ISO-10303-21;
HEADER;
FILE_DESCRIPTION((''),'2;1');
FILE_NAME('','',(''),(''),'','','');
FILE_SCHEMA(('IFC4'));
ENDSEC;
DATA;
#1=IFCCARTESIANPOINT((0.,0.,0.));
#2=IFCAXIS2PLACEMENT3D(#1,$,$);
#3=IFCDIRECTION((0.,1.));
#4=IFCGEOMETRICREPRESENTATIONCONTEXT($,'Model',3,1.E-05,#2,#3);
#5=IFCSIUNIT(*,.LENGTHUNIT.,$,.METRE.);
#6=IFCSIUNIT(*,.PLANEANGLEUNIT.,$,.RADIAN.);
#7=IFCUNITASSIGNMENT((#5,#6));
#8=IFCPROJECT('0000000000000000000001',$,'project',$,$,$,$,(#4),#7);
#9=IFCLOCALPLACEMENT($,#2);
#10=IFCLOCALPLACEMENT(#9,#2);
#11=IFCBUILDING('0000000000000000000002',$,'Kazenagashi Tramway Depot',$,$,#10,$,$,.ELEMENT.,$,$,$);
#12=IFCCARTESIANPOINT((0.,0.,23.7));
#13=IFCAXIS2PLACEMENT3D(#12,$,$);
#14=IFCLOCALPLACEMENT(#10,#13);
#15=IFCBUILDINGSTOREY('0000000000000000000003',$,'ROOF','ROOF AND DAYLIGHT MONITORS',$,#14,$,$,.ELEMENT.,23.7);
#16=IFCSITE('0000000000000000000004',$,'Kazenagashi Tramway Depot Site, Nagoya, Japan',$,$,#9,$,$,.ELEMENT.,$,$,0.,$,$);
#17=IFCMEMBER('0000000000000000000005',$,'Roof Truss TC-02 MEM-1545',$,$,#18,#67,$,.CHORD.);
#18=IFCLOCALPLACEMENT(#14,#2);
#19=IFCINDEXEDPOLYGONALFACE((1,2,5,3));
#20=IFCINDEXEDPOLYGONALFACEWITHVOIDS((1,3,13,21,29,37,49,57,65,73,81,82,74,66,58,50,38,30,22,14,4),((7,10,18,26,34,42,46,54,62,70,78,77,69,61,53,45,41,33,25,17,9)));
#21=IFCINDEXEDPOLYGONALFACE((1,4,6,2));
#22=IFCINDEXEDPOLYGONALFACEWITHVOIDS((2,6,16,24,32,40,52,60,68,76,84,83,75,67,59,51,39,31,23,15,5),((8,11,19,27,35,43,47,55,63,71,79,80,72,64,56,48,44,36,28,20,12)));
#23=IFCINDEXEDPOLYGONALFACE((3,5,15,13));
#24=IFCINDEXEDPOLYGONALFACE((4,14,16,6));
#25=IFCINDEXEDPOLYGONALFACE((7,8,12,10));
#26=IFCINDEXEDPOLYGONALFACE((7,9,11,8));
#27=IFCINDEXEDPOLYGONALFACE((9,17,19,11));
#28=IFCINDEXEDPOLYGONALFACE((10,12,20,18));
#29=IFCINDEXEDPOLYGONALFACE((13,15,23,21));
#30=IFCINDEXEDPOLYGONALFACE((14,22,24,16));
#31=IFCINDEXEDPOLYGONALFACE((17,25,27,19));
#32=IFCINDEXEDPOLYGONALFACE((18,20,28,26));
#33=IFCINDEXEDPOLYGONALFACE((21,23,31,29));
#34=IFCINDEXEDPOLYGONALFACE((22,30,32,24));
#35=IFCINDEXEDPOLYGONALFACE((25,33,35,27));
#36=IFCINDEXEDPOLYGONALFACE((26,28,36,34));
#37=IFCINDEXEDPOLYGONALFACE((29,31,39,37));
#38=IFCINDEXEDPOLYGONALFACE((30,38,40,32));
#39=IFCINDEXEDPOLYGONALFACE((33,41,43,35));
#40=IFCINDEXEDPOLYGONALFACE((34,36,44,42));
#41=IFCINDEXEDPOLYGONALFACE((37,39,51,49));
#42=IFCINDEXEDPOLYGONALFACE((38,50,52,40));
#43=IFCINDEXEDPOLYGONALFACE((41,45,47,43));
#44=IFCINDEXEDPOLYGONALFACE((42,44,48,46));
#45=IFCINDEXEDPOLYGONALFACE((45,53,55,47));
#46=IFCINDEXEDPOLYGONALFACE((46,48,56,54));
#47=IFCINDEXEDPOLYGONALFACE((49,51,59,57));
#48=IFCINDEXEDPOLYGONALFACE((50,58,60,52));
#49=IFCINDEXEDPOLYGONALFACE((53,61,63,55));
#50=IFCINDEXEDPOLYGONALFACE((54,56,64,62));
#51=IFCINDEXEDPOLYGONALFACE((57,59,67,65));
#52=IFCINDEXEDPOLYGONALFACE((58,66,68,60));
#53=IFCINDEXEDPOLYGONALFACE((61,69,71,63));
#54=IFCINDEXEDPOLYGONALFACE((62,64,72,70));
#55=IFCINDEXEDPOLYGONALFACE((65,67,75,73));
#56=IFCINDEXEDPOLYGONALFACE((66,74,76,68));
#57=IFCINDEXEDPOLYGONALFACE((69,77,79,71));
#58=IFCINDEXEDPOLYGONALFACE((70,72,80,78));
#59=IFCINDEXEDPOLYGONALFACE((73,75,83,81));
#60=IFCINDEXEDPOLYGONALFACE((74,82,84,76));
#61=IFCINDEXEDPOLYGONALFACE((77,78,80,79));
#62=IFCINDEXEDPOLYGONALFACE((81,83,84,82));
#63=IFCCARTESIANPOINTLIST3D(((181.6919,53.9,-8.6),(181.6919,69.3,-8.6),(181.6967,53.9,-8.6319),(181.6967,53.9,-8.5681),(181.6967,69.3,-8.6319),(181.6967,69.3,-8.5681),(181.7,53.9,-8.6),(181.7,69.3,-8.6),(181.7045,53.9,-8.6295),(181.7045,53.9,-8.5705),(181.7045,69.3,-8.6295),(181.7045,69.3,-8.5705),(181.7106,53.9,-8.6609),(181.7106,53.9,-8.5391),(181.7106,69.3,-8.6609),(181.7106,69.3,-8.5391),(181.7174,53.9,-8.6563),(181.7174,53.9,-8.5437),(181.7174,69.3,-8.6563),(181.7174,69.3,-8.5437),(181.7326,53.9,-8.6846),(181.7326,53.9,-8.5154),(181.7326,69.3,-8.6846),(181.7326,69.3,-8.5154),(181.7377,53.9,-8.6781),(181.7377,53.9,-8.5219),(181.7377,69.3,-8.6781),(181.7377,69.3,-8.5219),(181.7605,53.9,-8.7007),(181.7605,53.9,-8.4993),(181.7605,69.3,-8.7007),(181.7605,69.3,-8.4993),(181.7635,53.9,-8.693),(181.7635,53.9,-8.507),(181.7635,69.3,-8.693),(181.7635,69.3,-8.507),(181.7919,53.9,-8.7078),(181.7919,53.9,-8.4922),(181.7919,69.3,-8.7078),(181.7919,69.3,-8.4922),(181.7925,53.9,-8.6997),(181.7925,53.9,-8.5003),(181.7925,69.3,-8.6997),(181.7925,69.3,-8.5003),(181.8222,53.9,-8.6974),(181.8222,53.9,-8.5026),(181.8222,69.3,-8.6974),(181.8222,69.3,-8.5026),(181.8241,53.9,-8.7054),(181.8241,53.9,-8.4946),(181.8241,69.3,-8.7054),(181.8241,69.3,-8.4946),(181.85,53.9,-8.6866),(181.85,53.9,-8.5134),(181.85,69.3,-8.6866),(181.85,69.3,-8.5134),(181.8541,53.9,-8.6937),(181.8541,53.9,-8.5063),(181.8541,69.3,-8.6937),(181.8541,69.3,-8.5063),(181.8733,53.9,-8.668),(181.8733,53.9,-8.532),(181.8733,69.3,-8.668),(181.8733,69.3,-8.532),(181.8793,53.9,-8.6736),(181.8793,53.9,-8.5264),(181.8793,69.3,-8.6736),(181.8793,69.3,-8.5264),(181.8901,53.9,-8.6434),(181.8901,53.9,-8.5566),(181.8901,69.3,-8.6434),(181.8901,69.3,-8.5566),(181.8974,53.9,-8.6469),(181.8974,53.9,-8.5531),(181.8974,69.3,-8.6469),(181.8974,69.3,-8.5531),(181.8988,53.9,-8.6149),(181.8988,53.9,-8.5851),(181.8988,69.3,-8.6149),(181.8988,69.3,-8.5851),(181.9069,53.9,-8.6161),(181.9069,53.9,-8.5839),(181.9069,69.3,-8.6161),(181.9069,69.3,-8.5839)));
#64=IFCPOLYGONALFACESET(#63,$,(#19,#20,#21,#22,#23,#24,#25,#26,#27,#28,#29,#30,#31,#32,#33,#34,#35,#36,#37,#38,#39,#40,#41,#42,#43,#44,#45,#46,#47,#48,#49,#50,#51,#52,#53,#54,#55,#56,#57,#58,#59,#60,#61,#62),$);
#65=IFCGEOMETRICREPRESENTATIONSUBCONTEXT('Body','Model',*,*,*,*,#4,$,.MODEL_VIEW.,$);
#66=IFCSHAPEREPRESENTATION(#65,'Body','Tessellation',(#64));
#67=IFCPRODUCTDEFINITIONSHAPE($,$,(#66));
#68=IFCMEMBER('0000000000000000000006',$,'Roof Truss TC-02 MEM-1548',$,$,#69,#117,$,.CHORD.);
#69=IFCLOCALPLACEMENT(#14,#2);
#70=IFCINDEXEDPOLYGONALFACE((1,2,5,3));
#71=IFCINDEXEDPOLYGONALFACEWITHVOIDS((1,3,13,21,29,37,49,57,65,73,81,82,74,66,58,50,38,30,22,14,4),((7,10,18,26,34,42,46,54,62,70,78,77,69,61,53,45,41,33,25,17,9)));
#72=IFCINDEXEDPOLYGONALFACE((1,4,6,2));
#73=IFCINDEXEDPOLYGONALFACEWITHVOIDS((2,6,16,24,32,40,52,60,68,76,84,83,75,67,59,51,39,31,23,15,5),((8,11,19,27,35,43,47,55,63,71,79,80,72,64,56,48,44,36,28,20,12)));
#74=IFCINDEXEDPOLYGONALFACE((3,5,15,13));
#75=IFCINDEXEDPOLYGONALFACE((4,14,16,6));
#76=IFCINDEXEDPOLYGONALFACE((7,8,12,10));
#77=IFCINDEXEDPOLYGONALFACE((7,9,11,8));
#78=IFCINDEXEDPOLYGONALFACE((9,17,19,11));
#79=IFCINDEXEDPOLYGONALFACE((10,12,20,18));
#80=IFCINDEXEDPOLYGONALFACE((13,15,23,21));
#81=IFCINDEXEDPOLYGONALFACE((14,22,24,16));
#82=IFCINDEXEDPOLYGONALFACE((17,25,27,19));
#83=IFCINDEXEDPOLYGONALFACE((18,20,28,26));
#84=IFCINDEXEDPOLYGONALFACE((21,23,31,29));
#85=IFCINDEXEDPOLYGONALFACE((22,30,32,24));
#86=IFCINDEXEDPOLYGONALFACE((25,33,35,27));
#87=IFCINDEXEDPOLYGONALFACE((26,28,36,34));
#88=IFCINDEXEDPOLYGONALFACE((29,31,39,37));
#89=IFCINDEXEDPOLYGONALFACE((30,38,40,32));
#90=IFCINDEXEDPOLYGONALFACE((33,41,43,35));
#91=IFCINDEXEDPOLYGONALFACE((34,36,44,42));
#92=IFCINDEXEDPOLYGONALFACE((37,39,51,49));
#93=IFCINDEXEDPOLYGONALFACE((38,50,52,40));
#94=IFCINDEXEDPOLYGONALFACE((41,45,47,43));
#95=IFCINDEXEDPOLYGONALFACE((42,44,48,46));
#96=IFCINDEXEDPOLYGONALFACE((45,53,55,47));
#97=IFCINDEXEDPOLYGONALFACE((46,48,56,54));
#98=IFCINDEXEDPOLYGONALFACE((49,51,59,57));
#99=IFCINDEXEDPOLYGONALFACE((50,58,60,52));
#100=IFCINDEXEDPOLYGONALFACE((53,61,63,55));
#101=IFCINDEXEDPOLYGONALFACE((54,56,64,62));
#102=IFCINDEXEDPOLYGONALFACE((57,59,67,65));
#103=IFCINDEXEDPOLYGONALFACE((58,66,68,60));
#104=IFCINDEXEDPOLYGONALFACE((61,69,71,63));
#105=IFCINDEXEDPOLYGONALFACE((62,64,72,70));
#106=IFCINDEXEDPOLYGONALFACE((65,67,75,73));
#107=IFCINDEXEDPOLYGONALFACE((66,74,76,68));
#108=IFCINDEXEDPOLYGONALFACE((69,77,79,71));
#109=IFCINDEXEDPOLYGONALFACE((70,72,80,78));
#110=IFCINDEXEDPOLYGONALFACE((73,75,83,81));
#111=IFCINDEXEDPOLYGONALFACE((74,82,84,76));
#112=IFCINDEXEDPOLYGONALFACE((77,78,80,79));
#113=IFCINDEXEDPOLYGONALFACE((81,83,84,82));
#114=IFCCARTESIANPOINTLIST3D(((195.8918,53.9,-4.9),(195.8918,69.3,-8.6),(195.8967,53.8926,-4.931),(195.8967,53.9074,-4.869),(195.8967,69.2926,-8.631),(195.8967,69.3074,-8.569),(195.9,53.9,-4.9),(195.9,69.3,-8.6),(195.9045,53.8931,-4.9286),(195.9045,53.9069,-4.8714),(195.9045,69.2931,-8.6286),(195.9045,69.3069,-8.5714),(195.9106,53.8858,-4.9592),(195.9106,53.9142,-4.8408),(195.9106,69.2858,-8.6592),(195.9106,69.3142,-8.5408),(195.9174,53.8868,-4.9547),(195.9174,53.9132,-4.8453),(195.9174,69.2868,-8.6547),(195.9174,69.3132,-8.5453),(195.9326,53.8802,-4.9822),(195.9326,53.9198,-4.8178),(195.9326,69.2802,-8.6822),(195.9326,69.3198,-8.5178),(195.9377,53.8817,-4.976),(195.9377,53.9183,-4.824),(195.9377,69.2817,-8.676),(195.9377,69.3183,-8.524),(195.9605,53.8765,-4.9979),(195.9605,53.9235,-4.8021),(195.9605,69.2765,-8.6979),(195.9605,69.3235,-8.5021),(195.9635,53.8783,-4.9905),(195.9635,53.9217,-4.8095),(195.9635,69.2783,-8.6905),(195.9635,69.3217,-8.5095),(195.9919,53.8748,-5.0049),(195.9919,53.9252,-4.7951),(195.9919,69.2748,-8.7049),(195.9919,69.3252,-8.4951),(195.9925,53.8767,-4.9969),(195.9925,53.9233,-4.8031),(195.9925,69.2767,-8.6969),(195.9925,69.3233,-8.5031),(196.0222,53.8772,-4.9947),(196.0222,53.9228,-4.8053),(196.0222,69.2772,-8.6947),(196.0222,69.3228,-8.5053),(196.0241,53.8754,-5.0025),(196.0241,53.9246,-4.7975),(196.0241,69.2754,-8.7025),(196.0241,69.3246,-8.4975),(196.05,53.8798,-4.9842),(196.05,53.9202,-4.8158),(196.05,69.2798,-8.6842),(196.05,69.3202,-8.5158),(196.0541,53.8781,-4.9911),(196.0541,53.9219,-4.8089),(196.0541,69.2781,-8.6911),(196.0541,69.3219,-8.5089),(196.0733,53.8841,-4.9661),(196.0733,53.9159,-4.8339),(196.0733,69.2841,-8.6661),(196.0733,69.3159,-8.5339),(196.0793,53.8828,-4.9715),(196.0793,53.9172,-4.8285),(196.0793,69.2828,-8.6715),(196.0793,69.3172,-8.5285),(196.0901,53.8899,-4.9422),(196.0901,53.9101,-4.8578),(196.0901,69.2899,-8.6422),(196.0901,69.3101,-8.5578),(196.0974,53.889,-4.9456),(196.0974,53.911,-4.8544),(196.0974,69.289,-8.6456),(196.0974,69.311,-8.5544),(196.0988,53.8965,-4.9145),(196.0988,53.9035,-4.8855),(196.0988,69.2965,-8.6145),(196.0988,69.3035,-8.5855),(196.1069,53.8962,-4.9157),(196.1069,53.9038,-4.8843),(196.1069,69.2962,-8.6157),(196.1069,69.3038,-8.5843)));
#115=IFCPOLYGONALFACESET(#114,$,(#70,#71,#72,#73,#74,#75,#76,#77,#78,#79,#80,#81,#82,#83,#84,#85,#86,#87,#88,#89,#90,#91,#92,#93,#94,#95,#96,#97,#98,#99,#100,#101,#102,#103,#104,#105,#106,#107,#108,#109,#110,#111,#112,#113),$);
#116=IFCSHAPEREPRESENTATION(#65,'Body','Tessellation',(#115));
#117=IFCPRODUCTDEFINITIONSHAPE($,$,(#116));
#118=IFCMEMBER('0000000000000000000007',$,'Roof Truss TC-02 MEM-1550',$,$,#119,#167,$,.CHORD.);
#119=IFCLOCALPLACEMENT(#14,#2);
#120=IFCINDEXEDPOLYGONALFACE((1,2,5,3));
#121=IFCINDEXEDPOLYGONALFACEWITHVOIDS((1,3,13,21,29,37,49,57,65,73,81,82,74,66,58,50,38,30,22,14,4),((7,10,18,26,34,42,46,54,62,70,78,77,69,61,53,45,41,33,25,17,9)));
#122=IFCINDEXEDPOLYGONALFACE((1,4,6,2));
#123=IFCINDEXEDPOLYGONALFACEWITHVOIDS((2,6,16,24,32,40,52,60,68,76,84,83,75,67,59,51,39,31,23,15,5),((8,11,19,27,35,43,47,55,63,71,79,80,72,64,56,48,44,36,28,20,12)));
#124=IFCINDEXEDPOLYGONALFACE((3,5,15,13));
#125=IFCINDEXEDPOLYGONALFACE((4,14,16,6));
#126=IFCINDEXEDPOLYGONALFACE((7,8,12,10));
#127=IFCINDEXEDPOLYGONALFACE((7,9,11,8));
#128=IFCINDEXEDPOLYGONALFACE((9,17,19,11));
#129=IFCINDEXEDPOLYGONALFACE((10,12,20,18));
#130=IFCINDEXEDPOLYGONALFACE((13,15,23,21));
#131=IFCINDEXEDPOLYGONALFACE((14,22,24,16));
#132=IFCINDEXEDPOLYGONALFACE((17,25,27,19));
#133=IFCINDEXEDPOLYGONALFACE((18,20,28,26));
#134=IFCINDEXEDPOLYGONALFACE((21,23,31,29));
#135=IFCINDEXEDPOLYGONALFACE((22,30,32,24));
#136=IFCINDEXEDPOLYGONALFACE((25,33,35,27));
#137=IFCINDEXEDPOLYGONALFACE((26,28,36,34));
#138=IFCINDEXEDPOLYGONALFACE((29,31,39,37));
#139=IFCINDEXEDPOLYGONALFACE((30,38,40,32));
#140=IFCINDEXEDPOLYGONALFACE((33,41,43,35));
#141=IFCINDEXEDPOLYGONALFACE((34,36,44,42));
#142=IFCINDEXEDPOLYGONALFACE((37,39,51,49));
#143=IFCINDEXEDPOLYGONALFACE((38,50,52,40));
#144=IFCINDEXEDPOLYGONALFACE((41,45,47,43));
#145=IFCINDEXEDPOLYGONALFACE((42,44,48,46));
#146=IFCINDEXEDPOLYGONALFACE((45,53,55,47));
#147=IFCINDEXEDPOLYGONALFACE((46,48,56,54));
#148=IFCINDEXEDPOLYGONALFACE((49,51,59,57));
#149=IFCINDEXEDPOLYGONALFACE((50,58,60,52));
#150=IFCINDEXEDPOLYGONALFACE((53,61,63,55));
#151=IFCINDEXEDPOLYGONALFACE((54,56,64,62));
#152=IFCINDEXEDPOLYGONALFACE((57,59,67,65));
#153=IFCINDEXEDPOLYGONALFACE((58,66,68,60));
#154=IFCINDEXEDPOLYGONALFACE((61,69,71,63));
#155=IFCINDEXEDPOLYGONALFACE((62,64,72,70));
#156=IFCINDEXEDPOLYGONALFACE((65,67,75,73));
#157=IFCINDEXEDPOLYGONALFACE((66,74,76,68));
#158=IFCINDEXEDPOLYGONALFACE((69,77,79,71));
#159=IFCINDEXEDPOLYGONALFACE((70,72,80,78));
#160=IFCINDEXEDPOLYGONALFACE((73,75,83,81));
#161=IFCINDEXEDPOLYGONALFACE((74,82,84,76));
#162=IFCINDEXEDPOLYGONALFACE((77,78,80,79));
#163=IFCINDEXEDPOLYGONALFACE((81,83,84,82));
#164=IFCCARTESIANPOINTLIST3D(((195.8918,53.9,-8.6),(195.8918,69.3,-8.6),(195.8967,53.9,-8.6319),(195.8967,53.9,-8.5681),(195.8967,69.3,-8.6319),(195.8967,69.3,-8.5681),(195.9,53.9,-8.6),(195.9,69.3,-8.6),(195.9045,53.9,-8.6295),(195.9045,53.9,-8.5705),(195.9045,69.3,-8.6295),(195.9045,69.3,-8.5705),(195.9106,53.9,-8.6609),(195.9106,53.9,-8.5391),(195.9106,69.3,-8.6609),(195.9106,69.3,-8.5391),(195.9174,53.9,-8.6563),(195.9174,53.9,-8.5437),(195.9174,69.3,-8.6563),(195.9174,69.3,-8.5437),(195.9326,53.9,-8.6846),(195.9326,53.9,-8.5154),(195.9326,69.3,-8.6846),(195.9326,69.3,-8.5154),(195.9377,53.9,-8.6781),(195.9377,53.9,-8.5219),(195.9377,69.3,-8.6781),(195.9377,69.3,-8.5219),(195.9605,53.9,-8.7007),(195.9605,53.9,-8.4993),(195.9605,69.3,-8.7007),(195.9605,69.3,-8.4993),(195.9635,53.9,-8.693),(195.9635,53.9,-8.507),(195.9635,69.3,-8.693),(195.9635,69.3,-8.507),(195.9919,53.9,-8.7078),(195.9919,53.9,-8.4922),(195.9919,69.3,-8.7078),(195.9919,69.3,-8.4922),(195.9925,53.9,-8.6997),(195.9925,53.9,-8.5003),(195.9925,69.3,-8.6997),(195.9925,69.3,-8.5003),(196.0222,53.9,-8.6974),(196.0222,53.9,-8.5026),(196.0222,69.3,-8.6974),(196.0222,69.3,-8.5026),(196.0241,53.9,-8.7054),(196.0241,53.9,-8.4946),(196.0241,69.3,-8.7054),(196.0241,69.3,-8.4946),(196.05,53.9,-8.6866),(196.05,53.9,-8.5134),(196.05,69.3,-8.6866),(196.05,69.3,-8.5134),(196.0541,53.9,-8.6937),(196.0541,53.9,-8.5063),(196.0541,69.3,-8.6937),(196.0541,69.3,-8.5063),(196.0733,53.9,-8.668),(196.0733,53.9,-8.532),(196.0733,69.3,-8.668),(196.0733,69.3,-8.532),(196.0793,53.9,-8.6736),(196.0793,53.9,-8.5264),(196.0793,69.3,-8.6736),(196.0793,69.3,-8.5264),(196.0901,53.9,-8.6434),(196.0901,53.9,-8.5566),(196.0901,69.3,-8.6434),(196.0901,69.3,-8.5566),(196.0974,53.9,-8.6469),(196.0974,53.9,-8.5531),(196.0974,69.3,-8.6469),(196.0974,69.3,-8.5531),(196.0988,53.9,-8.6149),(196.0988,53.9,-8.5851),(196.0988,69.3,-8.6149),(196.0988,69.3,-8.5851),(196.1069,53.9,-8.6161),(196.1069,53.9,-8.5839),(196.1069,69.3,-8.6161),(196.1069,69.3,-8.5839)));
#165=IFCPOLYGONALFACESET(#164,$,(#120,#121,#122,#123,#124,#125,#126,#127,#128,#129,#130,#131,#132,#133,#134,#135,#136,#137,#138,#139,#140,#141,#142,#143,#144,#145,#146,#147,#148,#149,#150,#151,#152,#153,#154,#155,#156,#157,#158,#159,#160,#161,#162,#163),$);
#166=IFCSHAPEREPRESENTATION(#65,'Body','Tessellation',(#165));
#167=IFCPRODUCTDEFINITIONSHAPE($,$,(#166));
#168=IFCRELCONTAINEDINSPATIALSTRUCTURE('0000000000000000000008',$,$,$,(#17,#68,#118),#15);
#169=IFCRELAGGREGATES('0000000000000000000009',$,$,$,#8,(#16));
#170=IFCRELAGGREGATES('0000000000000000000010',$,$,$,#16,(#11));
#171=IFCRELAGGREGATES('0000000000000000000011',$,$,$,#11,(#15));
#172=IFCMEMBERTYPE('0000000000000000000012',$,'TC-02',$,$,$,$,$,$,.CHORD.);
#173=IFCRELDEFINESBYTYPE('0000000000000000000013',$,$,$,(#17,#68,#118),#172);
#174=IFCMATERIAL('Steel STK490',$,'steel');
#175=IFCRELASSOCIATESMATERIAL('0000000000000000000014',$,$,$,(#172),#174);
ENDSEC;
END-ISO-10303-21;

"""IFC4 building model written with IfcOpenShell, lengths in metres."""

from ifc_helpers import new_model, si_unit, direction, frame, origin, origin_2d, place, context, subcontext, project, spatial, hollow_circle, extrude, material, material_profile, profile_set, type_object, element, save


model = new_model("IFC4")

# Units and contexts
model_context = context("Model", 3, precision=1e-05, world=origin(), true_north=direction((0.0, 1.0)))
body_context = subcontext(model_context, "Body", "Model", "MODEL_VIEW")
ifc_project = project(units=[si_unit("LENGTHUNIT", "METRE"), si_unit("PLANEANGLEUNIT", "RADIAN")], contexts=[model_context])

# Site, building, storey
site_placement = place(None, origin())
site = spatial("IfcSite", under=ifc_project, at=site_placement, Name="Kazenagashi Tramway Depot Site, Nagoya, Japan", CompositionType="ELEMENT", RefElevation=0.0)
building_placement = place(site_placement, origin())
building = spatial("IfcBuilding", under=site, at=building_placement, Name="Kazenagashi Tramway Depot", CompositionType="ELEMENT")
storey_placement = place(building_placement, frame((0.0, 0.0, 23.7)))
storey = spatial("IfcBuildingStorey", under=building, at=storey_placement, Name="ROOF", Description="ROOF AND DAYLIGHT MONITORS", CompositionType="ELEMENT", Elevation=23.7)

# Members
ifc_material_1 = material(Name="Steel STK490", Category="steel")
ifc_material_profile_1 = material_profile(ifc_material_1, hollow_circle(Radius=0.1081, WallThickness=0.0082, at=origin_2d()), Name="CHS-216.3x8.2")
ifc_profile_set_1 = profile_set([ifc_material_profile_1], Name="Steel STK490")
member_type_1 = type_object("IfcMemberType", Name="TC-02", PredefinedType="CHORD", material=ifc_profile_set_1)
member_1_placement = place(storey_placement, frame((181.8, 53.9, -8.6), z_axis=(0.0, 1.0, 0.0), x_axis=(-1.0, 0.0, 0.0)))
element("IfcMember", 1, at=member_1_placement, inside=storey, type_object=member_type_1, Name="Roof Truss TC-02 MEM-1545", PredefinedType="CHORD", context=body_context, shape_type="SweptSolid", body=[
    extrude(hollow_circle(Radius=0.1081, WallThickness=0.0082, at=origin_2d()), origin(), (0.0, 0.0, 1.0), 15.4),
])
member_2_placement = place(storey_placement, frame((196.0, 53.9, -4.9), z_axis=(0.0, 0.97233, -0.233612), x_axis=(-1.0, 0.0, 0.0)))
element("IfcMember", 2, at=member_2_placement, inside=storey, type_object=member_type_1, Name="Roof Truss TC-02 MEM-1548", PredefinedType="CHORD", context=body_context, shape_type="SweptSolid", body=[
    extrude(hollow_circle(Radius=0.1081, WallThickness=0.0082, at=origin_2d()), origin(), (0.0, 0.0, 1.0), 15.8382),
])
member_3_placement = place(storey_placement, frame((196.0, 53.9, -8.6), z_axis=(0.0, 1.0, 0.0), x_axis=(-1.0, 0.0, 0.0)))
element("IfcMember", 3, at=member_3_placement, inside=storey, type_object=member_type_1, Name="Roof Truss TC-02 MEM-1550", PredefinedType="CHORD", context=body_context, shape_type="SweptSolid", body=[
    extrude(hollow_circle(Radius=0.1081, WallThickness=0.0082, at=origin_2d()), origin(), (0.0, 0.0, 1.0), 15.4),
])

save(model, "model.ifc")
